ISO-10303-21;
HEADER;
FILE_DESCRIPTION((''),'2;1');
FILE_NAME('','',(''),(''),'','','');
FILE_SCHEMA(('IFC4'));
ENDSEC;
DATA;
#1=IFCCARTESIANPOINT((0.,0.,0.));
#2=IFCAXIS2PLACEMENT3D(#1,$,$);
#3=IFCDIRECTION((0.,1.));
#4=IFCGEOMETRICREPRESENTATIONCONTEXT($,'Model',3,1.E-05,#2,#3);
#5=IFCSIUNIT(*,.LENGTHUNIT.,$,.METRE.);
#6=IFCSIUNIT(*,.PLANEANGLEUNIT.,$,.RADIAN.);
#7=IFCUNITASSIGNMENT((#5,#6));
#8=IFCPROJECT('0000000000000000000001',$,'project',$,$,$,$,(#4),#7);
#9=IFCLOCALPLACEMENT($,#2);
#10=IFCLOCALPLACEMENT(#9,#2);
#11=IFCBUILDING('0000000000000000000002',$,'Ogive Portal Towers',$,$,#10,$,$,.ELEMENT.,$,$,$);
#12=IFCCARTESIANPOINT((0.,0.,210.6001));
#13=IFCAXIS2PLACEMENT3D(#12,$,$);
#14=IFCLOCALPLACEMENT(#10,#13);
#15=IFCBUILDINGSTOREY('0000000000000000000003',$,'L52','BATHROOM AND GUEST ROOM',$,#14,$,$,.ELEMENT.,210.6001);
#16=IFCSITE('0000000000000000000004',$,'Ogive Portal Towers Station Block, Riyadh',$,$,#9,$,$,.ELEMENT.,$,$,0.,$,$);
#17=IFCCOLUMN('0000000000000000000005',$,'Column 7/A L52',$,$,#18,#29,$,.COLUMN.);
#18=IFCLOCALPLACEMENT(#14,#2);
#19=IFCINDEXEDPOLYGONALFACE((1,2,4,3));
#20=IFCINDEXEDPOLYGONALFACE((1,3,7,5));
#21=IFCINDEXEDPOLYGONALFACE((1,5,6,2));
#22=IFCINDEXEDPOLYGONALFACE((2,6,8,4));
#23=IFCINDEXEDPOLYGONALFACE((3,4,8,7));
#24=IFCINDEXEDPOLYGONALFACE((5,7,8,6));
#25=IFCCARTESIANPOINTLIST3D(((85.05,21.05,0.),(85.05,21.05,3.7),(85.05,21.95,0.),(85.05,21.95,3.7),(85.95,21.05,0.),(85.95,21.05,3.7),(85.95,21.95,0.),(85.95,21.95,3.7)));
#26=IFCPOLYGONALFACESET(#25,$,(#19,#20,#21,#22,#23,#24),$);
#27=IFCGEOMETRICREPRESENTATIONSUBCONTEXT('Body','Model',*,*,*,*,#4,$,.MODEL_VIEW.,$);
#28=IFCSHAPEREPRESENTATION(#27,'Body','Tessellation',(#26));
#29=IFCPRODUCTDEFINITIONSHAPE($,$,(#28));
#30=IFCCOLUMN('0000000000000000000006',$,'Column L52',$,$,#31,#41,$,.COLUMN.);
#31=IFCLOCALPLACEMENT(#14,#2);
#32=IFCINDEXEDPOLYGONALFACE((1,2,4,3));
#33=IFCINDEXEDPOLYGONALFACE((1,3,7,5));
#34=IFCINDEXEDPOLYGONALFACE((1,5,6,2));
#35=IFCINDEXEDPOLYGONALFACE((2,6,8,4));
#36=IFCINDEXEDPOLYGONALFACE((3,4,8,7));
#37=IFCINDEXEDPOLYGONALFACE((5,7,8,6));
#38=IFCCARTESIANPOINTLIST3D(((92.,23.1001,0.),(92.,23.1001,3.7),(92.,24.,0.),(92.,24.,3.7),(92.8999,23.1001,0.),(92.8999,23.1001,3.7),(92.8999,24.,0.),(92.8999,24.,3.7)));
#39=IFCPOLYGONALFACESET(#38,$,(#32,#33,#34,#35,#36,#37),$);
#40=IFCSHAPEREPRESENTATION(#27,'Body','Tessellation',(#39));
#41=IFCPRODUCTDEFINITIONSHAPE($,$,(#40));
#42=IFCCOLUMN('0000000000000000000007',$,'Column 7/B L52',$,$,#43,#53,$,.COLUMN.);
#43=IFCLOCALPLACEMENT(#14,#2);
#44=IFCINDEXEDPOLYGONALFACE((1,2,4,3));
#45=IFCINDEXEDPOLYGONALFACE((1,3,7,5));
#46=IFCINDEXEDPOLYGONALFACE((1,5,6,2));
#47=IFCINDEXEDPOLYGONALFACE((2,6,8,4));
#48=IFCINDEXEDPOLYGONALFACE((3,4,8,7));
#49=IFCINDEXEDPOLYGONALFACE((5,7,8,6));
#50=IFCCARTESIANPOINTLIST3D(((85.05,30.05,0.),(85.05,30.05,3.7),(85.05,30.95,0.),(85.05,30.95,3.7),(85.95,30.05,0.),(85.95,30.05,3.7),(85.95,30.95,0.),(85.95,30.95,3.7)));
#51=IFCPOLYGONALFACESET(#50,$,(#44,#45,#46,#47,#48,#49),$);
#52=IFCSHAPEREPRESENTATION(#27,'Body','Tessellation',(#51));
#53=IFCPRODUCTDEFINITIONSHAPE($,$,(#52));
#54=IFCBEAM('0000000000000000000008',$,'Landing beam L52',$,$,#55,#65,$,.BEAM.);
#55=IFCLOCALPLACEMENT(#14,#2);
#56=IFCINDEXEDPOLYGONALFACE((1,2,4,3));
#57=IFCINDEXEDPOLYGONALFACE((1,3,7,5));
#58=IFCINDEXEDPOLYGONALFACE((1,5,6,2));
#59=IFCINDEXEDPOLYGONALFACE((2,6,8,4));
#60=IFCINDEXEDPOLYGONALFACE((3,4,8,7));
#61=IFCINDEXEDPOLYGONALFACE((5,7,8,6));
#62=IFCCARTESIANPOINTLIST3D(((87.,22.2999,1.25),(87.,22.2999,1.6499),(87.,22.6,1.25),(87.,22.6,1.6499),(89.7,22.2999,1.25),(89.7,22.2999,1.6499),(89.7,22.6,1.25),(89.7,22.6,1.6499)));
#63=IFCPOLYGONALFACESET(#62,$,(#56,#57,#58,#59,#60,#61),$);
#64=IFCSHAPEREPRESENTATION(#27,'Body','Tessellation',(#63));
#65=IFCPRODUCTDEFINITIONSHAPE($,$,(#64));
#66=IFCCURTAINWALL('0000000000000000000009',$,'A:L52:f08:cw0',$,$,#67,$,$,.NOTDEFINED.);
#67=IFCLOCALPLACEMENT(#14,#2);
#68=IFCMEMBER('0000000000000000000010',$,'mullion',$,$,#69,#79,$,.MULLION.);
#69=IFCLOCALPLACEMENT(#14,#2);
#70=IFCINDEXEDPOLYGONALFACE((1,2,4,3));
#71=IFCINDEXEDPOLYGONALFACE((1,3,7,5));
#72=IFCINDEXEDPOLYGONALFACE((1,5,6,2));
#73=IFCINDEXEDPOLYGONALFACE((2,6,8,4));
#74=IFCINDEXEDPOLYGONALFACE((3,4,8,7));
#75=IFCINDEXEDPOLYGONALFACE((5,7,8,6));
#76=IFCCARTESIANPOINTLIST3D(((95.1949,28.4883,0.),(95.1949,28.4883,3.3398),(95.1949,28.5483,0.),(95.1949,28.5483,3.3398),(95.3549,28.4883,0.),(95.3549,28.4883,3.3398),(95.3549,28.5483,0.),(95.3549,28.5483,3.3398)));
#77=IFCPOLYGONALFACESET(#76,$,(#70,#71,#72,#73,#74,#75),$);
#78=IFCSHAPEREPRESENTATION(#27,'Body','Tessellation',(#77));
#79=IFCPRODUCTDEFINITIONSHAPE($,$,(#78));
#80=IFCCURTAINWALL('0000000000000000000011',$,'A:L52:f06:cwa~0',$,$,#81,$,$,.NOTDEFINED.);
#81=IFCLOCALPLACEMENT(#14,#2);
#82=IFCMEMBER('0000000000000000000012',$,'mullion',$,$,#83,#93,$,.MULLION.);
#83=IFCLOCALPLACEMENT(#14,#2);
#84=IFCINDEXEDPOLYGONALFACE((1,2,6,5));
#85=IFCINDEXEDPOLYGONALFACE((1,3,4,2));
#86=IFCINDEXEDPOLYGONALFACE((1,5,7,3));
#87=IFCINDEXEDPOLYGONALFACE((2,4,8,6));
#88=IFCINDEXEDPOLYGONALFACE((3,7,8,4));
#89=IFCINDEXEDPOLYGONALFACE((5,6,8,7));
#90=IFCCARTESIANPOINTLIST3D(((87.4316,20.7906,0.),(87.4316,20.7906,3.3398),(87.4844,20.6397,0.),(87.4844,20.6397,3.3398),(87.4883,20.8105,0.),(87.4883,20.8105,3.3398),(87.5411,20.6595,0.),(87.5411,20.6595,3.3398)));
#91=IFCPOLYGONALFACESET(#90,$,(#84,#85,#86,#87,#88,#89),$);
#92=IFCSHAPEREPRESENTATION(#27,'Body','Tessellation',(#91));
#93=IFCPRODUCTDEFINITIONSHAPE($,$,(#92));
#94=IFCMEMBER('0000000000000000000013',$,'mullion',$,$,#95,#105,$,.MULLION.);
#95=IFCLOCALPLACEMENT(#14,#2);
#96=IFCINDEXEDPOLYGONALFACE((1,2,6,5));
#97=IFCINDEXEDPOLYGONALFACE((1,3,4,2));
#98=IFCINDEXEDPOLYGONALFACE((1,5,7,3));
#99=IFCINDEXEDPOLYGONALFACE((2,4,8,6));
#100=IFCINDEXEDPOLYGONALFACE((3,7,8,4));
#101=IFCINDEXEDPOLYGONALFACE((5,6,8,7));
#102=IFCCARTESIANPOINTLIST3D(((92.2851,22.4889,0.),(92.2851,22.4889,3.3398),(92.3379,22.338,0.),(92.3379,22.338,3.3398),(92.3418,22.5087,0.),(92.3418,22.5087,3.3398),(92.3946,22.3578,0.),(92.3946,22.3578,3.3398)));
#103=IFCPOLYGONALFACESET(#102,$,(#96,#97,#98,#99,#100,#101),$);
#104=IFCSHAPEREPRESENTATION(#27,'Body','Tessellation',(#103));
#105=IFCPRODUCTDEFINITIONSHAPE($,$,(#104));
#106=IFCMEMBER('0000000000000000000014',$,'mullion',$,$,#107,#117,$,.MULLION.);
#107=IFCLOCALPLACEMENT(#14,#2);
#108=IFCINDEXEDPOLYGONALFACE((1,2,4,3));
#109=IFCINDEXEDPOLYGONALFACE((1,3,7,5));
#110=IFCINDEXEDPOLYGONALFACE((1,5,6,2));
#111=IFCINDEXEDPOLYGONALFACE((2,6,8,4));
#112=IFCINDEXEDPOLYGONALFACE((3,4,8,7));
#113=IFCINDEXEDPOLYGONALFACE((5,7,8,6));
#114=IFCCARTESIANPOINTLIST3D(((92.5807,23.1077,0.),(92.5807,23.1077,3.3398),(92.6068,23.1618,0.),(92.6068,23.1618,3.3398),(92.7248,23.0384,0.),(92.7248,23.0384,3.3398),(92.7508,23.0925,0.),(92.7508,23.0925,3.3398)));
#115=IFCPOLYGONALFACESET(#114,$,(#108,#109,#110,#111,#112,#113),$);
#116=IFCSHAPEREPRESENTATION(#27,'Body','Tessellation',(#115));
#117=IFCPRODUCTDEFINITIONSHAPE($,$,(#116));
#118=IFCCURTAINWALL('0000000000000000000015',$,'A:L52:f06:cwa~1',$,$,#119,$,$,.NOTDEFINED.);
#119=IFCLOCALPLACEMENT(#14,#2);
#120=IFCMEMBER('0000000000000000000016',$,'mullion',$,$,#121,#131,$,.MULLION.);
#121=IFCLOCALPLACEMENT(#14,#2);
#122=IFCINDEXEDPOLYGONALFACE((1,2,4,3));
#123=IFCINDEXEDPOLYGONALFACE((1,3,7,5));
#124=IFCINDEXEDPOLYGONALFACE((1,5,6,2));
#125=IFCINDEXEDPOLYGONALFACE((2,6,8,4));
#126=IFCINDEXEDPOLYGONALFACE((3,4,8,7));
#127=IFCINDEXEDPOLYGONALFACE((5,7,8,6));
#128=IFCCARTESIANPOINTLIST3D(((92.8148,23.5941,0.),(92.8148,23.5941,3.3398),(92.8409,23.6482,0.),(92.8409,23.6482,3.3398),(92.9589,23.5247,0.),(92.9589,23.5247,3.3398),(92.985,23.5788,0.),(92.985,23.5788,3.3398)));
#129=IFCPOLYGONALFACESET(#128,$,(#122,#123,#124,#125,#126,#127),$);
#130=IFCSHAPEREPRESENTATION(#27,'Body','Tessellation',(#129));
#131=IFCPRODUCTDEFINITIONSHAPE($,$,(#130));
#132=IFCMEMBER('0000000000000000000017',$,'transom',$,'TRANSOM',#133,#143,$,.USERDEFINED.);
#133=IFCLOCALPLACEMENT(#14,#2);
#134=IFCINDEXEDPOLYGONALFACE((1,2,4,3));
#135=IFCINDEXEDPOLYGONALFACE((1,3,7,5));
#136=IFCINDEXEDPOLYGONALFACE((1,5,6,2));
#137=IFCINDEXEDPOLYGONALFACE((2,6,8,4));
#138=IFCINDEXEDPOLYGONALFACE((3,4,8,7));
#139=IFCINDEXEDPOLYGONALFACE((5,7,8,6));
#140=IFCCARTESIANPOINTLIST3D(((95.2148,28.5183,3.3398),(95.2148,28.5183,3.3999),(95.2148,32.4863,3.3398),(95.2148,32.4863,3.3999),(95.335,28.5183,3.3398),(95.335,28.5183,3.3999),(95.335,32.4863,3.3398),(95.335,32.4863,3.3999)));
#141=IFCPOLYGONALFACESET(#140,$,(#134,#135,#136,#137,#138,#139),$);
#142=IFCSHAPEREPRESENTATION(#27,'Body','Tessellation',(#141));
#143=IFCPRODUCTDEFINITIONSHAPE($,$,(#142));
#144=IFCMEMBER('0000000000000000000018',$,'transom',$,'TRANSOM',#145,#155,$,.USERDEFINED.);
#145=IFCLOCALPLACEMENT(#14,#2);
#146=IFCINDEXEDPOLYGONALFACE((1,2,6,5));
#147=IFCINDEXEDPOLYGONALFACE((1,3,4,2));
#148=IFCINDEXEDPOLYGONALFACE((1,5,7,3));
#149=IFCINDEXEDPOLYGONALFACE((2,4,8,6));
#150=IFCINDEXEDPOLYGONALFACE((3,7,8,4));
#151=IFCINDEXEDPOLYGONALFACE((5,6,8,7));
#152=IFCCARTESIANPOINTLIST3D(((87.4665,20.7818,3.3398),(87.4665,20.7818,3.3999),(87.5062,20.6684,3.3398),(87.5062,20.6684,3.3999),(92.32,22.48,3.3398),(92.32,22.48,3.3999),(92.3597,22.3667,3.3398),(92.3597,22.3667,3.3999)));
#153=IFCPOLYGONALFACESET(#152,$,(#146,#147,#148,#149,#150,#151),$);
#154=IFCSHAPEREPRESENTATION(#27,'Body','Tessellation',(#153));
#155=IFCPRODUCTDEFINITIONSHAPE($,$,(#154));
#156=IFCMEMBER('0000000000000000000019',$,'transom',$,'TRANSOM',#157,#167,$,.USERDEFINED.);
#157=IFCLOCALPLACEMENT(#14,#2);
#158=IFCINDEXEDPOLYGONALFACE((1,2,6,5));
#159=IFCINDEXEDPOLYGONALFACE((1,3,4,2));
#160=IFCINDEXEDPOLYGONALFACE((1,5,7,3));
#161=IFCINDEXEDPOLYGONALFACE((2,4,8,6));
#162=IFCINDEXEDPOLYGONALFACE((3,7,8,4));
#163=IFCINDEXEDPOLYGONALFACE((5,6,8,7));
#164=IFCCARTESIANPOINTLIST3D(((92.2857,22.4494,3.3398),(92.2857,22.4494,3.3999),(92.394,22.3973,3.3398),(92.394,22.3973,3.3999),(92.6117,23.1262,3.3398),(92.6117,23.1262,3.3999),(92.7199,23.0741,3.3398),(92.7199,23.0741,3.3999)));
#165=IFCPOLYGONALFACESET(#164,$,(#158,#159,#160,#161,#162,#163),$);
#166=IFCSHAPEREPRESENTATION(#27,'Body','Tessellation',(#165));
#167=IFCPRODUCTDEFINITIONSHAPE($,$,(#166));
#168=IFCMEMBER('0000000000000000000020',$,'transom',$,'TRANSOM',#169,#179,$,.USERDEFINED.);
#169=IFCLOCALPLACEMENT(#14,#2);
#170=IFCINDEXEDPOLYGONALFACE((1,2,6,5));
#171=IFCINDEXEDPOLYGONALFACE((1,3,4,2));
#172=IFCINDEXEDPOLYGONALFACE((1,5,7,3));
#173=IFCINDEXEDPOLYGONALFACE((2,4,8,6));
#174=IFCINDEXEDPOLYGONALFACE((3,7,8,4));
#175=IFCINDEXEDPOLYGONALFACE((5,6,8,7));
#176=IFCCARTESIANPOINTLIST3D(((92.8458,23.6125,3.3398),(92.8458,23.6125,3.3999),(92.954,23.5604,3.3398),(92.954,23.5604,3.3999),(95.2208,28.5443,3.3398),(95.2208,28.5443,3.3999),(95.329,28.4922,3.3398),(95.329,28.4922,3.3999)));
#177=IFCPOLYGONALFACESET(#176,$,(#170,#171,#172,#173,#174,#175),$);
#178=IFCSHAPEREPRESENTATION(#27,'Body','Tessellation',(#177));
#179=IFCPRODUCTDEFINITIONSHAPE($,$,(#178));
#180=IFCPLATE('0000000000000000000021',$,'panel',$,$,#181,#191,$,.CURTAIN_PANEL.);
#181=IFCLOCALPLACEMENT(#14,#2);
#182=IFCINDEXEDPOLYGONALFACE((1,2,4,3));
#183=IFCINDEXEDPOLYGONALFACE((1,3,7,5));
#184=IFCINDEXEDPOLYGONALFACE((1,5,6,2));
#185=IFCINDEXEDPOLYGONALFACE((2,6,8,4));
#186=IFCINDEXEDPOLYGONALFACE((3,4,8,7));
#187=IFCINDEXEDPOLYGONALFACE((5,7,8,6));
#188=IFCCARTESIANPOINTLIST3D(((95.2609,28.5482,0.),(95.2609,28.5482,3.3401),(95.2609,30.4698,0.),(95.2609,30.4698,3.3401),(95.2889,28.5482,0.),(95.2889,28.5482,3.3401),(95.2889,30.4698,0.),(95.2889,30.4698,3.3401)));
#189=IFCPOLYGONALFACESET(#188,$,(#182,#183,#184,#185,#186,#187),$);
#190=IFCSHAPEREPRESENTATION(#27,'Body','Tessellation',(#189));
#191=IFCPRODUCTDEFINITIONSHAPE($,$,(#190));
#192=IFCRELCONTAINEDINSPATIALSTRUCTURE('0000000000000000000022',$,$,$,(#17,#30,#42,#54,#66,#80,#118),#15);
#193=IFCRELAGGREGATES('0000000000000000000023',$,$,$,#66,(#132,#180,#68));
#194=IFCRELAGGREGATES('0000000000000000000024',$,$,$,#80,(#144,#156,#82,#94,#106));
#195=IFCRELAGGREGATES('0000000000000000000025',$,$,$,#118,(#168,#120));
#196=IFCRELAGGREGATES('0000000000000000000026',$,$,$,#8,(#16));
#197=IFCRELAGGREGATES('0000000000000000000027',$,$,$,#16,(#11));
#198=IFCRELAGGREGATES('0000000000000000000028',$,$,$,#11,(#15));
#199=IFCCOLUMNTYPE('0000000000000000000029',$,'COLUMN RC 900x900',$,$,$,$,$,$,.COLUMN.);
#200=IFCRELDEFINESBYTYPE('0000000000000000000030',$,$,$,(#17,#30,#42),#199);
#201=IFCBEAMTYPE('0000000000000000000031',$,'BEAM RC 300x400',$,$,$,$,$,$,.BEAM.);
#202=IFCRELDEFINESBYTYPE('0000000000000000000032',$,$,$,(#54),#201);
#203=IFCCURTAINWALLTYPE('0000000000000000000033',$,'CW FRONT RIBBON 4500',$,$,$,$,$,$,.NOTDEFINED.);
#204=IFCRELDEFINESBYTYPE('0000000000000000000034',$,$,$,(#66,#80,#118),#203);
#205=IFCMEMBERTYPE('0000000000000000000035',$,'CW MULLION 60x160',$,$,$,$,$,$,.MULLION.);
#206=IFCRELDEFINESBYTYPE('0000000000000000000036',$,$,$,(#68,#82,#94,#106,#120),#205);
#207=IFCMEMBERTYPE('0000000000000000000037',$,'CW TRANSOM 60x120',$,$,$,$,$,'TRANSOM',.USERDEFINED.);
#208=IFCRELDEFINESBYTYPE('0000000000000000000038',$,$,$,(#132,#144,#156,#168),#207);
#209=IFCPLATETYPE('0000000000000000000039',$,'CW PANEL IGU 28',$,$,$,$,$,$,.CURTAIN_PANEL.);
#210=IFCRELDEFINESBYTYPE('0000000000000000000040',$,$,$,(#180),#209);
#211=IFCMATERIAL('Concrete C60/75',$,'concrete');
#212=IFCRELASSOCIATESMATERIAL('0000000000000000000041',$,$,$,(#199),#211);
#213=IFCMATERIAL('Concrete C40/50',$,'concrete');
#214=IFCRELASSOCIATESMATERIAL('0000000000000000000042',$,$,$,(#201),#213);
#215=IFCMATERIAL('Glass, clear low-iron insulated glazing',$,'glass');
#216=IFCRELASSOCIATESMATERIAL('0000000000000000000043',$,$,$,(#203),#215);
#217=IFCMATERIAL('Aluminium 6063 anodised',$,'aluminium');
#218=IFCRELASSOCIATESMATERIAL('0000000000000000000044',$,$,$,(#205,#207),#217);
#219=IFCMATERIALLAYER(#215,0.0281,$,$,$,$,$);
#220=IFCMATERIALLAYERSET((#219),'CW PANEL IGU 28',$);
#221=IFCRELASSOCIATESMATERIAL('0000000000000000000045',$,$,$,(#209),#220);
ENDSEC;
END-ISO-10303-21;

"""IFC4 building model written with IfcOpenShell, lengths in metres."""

from ifc_helpers import new_model, si_unit, direction, frame, origin, origin_2d, place, context, subcontext, project, spatial, rectangle, extrude, material, layer, layer_set, material_profile, profile_set, type_object, element, aggregate, save


model = new_model("IFC4")

# Units and contexts
model_context = context("Model", 3, precision=1e-05, world=origin(), true_north=direction((0.0, 1.0)))
body_context = subcontext(model_context, "Body", "Model", "MODEL_VIEW")
ifc_project = project(units=[si_unit("LENGTHUNIT", "METRE"), si_unit("PLANEANGLEUNIT", "RADIAN")], contexts=[model_context])

# Site, building, storey
site_placement = place(None, origin())
site = spatial("IfcSite", under=ifc_project, at=site_placement, Name="Ogive Portal Towers Station Block, Riyadh", CompositionType="ELEMENT", RefElevation=0.0)
building_placement = place(site_placement, origin())
building = spatial("IfcBuilding", under=site, at=building_placement, Name="Ogive Portal Towers", CompositionType="ELEMENT")
storey_placement = place(building_placement, frame((0.0, 0.0, 210.6001)))
storey = spatial("IfcBuildingStorey", under=building, at=storey_placement, Name="L52", Description="BATHROOM AND GUEST ROOM", CompositionType="ELEMENT", Elevation=210.6001)

# Columns
ifc_material_1 = material(Name="Concrete C60/75", Category="concrete")
ifc_material_profile_1 = material_profile(ifc_material_1, rectangle(XDim=0.8999, YDim=0.8999, at=origin_2d()), Name="RC 900x900")
ifc_profile_set_1 = profile_set([ifc_material_profile_1], Name="Concrete C60/75")
column_type = type_object("IfcColumnType", Name="COLUMN RC 900x900", PredefinedType="COLUMN", material=ifc_profile_set_1)
for number, where, z_axis, x_axis, name in (
    (1, (85.5, 21.5, 0.0), (0.0, 0.0, 1.0), (1.0, 0.0, 0.0), "Column 7/A L52"),
    (2, (92.45, 23.55, 0.0), (0.0, 0.0, 1.0), (1.0, 0.0, 0.0), "Column L52"),
    (3, (85.5, 30.5, 0.0), (0.0, 0.0, 1.0), (1.0, 0.0, 0.0), "Column 7/B L52"),
):
    element("IfcColumn", number, at=place(storey_placement, frame(where, z_axis=z_axis, x_axis=x_axis)), inside=storey, type_object=column_type, Name=name, PredefinedType="COLUMN", context=body_context, shape_type="SweptSolid", body=[
        extrude(rectangle(XDim=0.8999, YDim=0.8999, at=origin_2d()), origin(), (0.0, 0.0, 1.0), 3.7),
    ])

# Beam
ifc_material_2 = material(Name="Concrete C40/50", Category="concrete")
ifc_material_profile_2 = material_profile(ifc_material_2, rectangle(XDim=0.3, YDim=0.3999, at=origin_2d()), Name="RC 300x400")
ifc_profile_set_2 = profile_set([ifc_material_profile_2], Name="Concrete C40/50")
beam_type = type_object("IfcBeamType", Name="BEAM RC 300x400", PredefinedType="BEAM", material=ifc_profile_set_2)
beam_placement = place(storey_placement, frame((87.0, 22.45, 1.45), z_axis=(1.0, 0.0, 0.0), x_axis=(0.0, 1.0, 0.0)))
element("IfcBeam", 4, at=beam_placement, inside=storey, type_object=beam_type, Name="Landing beam L52", PredefinedType="BEAM", context=body_context, shape_type="SweptSolid", body=[
    extrude(rectangle(XDim=0.3, YDim=0.3999, at=origin_2d()), origin(), (0.0, 0.0, 1.0), 2.7),
])

# Curtain wall, member
ifc_material_3 = material(Name="Glass, clear low-iron insulated glazing", Category="glass")
curtain_wall_type = type_object("IfcCurtainWallType", Name="CW FRONT RIBBON 4500", PredefinedType="NOTDEFINED", material=ifc_material_3)
curtain_wall_1_placement = place(storey_placement, origin())
curtain_wall_1 = element("IfcCurtainWall", 5, at=curtain_wall_1_placement, inside=storey, type_object=curtain_wall_type, Name="A:L52:f08:cw0", PredefinedType="NOTDEFINED")
ifc_material_4 = material(Name="Aluminium 6063 anodised", Category="aluminium")
ifc_material_profile_3 = material_profile(ifc_material_4, rectangle(XDim=0.1599, YDim=0.0601, at=origin_2d()), Name="AL 60x160")
ifc_profile_set_3 = profile_set([ifc_material_profile_3], Name="Aluminium 6063 anodised")
member_type_1 = type_object("IfcMemberType", Name="CW MULLION 60x160", PredefinedType="MULLION", material=ifc_profile_set_3)
member_1_placement = place(storey_placement, frame((95.2749, 28.5183, 0.0), z_axis=(0.0, 0.0, 1.0), x_axis=(-1.0, 0.0, 0.0)))
member_1 = element("IfcMember", 6, at=member_1_placement, type_object=member_type_1, Name="mullion", PredefinedType="MULLION", context=body_context, shape_type="SweptSolid", body=[
    extrude(rectangle(XDim=0.1599, YDim=0.0601, at=origin_2d()), origin(), (0.0, 0.0, 1.0), 3.3398),
])

# Curtain wall, members
curtain_wall_2_placement = place(storey_placement, origin())
curtain_wall_2 = element("IfcCurtainWall", 7, at=curtain_wall_2_placement, inside=storey, type_object=curtain_wall_type, Name="A:L52:f06:cwa~0", PredefinedType="NOTDEFINED")
member_2_placement = place(storey_placement, frame((87.4863, 20.7251, 0.0), z_axis=(0.0, 0.0, 1.0), x_axis=(-0.330279, 0.943883, 0.0)))
member_2 = element("IfcMember", 8, at=member_2_placement, type_object=member_type_1, Name="mullion", PredefinedType="MULLION", context=body_context, shape_type="SweptSolid", body=[
    extrude(rectangle(XDim=0.1599, YDim=0.0601, at=origin_2d()), origin(), (0.0, 0.0, 1.0), 3.3398),
])
member_3_placement = place(storey_placement, frame((92.3398, 22.4233, 0.0), z_axis=(0.0, 0.0, 1.0), x_axis=(-0.330279, 0.943883, 0.0)))
member_3 = element("IfcMember", 9, at=member_3_placement, type_object=member_type_1, Name="mullion", PredefinedType="MULLION", context=body_context, shape_type="SweptSolid", body=[
    extrude(rectangle(XDim=0.1599, YDim=0.0601, at=origin_2d()), origin(), (0.0, 0.0, 1.0), 3.3398),
])
member_4_placement = place(storey_placement, frame((92.6658, 23.1001, 0.0), z_axis=(0.0, 0.0, 1.0), x_axis=(-0.900969, 0.433884, 0.0)))
member_4 = element("IfcMember", 10, at=member_4_placement, type_object=member_type_1, Name="mullion", PredefinedType="MULLION", context=body_context, shape_type="SweptSolid", body=[
    extrude(rectangle(XDim=0.1599, YDim=0.0601, at=origin_2d()), origin(), (0.0, 0.0, 1.0), 3.3398),
])

# Curtain wall, member
curtain_wall_3_placement = place(storey_placement, origin())
curtain_wall_3 = element("IfcCurtainWall", 11, at=curtain_wall_3_placement, inside=storey, type_object=curtain_wall_type, Name="A:L52:f06:cwa~1", PredefinedType="NOTDEFINED")
member_5_placement = place(storey_placement, frame((92.8999, 23.5864, 0.0), z_axis=(0.0, 0.0, 1.0), x_axis=(-0.900969, 0.433884, 0.0)))
member_5 = element("IfcMember", 12, at=member_5_placement, type_object=member_type_1, Name="mullion", PredefinedType="MULLION", context=body_context, shape_type="SweptSolid", body=[
    extrude(rectangle(XDim=0.1599, YDim=0.0601, at=origin_2d()), origin(), (0.0, 0.0, 1.0), 3.3398),
])

# Members
ifc_material_profile_4 = material_profile(ifc_material_4, rectangle(XDim=0.1201, YDim=0.0601, at=origin_2d()), Name="AL 120x60")
ifc_profile_set_4 = profile_set([ifc_material_profile_4], Name="Aluminium 6063 anodised")
member_type_2 = type_object("IfcMemberType", Name="CW TRANSOM 60x120", ElementType="TRANSOM", PredefinedType="USERDEFINED", material=ifc_profile_set_4)
member_6_placement = place(storey_placement, frame((95.2749, 28.5183, 3.3699), z_axis=(0.0, 1.0, 0.0), x_axis=(-1.0, 0.0, 0.0)))
member_6 = element("IfcMember", 13, at=member_6_placement, type_object=member_type_2, Name="transom", ObjectType="TRANSOM", PredefinedType="USERDEFINED", context=body_context, shape_type="SweptSolid", body=[
    extrude(rectangle(XDim=0.1201, YDim=0.0601, at=origin_2d()), origin(), (0.0, 0.0, 1.0), 3.968),
])
member_7_placement = place(storey_placement, frame((87.4863, 20.7251, 3.3699), z_axis=(0.943888, 0.330266, 0.0), x_axis=(-0.330266, 0.943888, 0.0)))
member_7 = element("IfcMember", 14, at=member_7_placement, type_object=member_type_2, Name="transom", ObjectType="TRANSOM", PredefinedType="USERDEFINED", context=body_context, shape_type="SweptSolid", body=[
    extrude(rectangle(XDim=0.1201, YDim=0.0601, at=origin_2d()), origin(), (0.0, 0.0, 1.0), 5.1421),
])
member_8_placement = place(storey_placement, frame((92.3398, 22.4233, 3.3699), z_axis=(0.433904, 0.900959, 0.0), x_axis=(-0.900959, 0.433904, 0.0)))
member_8 = element("IfcMember", 15, at=member_8_placement, type_object=member_type_2, Name="transom", ObjectType="TRANSOM", PredefinedType="USERDEFINED", context=body_context, shape_type="SweptSolid", body=[
    extrude(rectangle(XDim=0.1201, YDim=0.0601, at=origin_2d()), origin(), (0.0, 0.0, 1.0), 0.7512),
])
member_9_placement = place(storey_placement, frame((92.8999, 23.5864, 3.3699), z_axis=(0.433873, 0.900974, 0.0), x_axis=(-0.900974, 0.433873, 0.0)))
member_9 = element("IfcMember", 16, at=member_9_placement, type_object=member_type_2, Name="transom", ObjectType="TRANSOM", PredefinedType="USERDEFINED", context=body_context, shape_type="SweptSolid", body=[
    extrude(rectangle(XDim=0.1201, YDim=0.0601, at=origin_2d()), origin(), (0.0, 0.0, 1.0), 5.4739),
])

# Plate
ifc_layer_1 = layer(ifc_material_3, 0.0281)
ifc_layer_set_1 = layer_set([ifc_layer_1], Name="CW PANEL IGU 28")
plate_type = type_object("IfcPlateType", Name="CW PANEL IGU 28", PredefinedType="CURTAIN_PANEL", material=ifc_layer_set_1)
plate_1_placement = place(storey_placement, frame((95.2749, 29.509, 0.0), z_axis=(0.0, 0.0, 1.0), x_axis=(0.0, 1.0, 0.0)))
plate_1 = element("IfcPlate", 17, at=plate_1_placement, type_object=plate_type, Name="panel", PredefinedType="CURTAIN_PANEL", context=body_context, shape_type="SweptSolid", body=[
    extrude(rectangle(XDim=1.9216, YDim=0.0281, at=origin_2d()), origin(), (0.0, 0.0, 1.0), 3.3401),
])
aggregate(curtain_wall_1, [member_6, plate_1, member_1])
aggregate(curtain_wall_2, [member_7, member_8, member_2, member_3, member_4])
aggregate(curtain_wall_3, [member_9, member_5])

save(model, "model.ifc")
